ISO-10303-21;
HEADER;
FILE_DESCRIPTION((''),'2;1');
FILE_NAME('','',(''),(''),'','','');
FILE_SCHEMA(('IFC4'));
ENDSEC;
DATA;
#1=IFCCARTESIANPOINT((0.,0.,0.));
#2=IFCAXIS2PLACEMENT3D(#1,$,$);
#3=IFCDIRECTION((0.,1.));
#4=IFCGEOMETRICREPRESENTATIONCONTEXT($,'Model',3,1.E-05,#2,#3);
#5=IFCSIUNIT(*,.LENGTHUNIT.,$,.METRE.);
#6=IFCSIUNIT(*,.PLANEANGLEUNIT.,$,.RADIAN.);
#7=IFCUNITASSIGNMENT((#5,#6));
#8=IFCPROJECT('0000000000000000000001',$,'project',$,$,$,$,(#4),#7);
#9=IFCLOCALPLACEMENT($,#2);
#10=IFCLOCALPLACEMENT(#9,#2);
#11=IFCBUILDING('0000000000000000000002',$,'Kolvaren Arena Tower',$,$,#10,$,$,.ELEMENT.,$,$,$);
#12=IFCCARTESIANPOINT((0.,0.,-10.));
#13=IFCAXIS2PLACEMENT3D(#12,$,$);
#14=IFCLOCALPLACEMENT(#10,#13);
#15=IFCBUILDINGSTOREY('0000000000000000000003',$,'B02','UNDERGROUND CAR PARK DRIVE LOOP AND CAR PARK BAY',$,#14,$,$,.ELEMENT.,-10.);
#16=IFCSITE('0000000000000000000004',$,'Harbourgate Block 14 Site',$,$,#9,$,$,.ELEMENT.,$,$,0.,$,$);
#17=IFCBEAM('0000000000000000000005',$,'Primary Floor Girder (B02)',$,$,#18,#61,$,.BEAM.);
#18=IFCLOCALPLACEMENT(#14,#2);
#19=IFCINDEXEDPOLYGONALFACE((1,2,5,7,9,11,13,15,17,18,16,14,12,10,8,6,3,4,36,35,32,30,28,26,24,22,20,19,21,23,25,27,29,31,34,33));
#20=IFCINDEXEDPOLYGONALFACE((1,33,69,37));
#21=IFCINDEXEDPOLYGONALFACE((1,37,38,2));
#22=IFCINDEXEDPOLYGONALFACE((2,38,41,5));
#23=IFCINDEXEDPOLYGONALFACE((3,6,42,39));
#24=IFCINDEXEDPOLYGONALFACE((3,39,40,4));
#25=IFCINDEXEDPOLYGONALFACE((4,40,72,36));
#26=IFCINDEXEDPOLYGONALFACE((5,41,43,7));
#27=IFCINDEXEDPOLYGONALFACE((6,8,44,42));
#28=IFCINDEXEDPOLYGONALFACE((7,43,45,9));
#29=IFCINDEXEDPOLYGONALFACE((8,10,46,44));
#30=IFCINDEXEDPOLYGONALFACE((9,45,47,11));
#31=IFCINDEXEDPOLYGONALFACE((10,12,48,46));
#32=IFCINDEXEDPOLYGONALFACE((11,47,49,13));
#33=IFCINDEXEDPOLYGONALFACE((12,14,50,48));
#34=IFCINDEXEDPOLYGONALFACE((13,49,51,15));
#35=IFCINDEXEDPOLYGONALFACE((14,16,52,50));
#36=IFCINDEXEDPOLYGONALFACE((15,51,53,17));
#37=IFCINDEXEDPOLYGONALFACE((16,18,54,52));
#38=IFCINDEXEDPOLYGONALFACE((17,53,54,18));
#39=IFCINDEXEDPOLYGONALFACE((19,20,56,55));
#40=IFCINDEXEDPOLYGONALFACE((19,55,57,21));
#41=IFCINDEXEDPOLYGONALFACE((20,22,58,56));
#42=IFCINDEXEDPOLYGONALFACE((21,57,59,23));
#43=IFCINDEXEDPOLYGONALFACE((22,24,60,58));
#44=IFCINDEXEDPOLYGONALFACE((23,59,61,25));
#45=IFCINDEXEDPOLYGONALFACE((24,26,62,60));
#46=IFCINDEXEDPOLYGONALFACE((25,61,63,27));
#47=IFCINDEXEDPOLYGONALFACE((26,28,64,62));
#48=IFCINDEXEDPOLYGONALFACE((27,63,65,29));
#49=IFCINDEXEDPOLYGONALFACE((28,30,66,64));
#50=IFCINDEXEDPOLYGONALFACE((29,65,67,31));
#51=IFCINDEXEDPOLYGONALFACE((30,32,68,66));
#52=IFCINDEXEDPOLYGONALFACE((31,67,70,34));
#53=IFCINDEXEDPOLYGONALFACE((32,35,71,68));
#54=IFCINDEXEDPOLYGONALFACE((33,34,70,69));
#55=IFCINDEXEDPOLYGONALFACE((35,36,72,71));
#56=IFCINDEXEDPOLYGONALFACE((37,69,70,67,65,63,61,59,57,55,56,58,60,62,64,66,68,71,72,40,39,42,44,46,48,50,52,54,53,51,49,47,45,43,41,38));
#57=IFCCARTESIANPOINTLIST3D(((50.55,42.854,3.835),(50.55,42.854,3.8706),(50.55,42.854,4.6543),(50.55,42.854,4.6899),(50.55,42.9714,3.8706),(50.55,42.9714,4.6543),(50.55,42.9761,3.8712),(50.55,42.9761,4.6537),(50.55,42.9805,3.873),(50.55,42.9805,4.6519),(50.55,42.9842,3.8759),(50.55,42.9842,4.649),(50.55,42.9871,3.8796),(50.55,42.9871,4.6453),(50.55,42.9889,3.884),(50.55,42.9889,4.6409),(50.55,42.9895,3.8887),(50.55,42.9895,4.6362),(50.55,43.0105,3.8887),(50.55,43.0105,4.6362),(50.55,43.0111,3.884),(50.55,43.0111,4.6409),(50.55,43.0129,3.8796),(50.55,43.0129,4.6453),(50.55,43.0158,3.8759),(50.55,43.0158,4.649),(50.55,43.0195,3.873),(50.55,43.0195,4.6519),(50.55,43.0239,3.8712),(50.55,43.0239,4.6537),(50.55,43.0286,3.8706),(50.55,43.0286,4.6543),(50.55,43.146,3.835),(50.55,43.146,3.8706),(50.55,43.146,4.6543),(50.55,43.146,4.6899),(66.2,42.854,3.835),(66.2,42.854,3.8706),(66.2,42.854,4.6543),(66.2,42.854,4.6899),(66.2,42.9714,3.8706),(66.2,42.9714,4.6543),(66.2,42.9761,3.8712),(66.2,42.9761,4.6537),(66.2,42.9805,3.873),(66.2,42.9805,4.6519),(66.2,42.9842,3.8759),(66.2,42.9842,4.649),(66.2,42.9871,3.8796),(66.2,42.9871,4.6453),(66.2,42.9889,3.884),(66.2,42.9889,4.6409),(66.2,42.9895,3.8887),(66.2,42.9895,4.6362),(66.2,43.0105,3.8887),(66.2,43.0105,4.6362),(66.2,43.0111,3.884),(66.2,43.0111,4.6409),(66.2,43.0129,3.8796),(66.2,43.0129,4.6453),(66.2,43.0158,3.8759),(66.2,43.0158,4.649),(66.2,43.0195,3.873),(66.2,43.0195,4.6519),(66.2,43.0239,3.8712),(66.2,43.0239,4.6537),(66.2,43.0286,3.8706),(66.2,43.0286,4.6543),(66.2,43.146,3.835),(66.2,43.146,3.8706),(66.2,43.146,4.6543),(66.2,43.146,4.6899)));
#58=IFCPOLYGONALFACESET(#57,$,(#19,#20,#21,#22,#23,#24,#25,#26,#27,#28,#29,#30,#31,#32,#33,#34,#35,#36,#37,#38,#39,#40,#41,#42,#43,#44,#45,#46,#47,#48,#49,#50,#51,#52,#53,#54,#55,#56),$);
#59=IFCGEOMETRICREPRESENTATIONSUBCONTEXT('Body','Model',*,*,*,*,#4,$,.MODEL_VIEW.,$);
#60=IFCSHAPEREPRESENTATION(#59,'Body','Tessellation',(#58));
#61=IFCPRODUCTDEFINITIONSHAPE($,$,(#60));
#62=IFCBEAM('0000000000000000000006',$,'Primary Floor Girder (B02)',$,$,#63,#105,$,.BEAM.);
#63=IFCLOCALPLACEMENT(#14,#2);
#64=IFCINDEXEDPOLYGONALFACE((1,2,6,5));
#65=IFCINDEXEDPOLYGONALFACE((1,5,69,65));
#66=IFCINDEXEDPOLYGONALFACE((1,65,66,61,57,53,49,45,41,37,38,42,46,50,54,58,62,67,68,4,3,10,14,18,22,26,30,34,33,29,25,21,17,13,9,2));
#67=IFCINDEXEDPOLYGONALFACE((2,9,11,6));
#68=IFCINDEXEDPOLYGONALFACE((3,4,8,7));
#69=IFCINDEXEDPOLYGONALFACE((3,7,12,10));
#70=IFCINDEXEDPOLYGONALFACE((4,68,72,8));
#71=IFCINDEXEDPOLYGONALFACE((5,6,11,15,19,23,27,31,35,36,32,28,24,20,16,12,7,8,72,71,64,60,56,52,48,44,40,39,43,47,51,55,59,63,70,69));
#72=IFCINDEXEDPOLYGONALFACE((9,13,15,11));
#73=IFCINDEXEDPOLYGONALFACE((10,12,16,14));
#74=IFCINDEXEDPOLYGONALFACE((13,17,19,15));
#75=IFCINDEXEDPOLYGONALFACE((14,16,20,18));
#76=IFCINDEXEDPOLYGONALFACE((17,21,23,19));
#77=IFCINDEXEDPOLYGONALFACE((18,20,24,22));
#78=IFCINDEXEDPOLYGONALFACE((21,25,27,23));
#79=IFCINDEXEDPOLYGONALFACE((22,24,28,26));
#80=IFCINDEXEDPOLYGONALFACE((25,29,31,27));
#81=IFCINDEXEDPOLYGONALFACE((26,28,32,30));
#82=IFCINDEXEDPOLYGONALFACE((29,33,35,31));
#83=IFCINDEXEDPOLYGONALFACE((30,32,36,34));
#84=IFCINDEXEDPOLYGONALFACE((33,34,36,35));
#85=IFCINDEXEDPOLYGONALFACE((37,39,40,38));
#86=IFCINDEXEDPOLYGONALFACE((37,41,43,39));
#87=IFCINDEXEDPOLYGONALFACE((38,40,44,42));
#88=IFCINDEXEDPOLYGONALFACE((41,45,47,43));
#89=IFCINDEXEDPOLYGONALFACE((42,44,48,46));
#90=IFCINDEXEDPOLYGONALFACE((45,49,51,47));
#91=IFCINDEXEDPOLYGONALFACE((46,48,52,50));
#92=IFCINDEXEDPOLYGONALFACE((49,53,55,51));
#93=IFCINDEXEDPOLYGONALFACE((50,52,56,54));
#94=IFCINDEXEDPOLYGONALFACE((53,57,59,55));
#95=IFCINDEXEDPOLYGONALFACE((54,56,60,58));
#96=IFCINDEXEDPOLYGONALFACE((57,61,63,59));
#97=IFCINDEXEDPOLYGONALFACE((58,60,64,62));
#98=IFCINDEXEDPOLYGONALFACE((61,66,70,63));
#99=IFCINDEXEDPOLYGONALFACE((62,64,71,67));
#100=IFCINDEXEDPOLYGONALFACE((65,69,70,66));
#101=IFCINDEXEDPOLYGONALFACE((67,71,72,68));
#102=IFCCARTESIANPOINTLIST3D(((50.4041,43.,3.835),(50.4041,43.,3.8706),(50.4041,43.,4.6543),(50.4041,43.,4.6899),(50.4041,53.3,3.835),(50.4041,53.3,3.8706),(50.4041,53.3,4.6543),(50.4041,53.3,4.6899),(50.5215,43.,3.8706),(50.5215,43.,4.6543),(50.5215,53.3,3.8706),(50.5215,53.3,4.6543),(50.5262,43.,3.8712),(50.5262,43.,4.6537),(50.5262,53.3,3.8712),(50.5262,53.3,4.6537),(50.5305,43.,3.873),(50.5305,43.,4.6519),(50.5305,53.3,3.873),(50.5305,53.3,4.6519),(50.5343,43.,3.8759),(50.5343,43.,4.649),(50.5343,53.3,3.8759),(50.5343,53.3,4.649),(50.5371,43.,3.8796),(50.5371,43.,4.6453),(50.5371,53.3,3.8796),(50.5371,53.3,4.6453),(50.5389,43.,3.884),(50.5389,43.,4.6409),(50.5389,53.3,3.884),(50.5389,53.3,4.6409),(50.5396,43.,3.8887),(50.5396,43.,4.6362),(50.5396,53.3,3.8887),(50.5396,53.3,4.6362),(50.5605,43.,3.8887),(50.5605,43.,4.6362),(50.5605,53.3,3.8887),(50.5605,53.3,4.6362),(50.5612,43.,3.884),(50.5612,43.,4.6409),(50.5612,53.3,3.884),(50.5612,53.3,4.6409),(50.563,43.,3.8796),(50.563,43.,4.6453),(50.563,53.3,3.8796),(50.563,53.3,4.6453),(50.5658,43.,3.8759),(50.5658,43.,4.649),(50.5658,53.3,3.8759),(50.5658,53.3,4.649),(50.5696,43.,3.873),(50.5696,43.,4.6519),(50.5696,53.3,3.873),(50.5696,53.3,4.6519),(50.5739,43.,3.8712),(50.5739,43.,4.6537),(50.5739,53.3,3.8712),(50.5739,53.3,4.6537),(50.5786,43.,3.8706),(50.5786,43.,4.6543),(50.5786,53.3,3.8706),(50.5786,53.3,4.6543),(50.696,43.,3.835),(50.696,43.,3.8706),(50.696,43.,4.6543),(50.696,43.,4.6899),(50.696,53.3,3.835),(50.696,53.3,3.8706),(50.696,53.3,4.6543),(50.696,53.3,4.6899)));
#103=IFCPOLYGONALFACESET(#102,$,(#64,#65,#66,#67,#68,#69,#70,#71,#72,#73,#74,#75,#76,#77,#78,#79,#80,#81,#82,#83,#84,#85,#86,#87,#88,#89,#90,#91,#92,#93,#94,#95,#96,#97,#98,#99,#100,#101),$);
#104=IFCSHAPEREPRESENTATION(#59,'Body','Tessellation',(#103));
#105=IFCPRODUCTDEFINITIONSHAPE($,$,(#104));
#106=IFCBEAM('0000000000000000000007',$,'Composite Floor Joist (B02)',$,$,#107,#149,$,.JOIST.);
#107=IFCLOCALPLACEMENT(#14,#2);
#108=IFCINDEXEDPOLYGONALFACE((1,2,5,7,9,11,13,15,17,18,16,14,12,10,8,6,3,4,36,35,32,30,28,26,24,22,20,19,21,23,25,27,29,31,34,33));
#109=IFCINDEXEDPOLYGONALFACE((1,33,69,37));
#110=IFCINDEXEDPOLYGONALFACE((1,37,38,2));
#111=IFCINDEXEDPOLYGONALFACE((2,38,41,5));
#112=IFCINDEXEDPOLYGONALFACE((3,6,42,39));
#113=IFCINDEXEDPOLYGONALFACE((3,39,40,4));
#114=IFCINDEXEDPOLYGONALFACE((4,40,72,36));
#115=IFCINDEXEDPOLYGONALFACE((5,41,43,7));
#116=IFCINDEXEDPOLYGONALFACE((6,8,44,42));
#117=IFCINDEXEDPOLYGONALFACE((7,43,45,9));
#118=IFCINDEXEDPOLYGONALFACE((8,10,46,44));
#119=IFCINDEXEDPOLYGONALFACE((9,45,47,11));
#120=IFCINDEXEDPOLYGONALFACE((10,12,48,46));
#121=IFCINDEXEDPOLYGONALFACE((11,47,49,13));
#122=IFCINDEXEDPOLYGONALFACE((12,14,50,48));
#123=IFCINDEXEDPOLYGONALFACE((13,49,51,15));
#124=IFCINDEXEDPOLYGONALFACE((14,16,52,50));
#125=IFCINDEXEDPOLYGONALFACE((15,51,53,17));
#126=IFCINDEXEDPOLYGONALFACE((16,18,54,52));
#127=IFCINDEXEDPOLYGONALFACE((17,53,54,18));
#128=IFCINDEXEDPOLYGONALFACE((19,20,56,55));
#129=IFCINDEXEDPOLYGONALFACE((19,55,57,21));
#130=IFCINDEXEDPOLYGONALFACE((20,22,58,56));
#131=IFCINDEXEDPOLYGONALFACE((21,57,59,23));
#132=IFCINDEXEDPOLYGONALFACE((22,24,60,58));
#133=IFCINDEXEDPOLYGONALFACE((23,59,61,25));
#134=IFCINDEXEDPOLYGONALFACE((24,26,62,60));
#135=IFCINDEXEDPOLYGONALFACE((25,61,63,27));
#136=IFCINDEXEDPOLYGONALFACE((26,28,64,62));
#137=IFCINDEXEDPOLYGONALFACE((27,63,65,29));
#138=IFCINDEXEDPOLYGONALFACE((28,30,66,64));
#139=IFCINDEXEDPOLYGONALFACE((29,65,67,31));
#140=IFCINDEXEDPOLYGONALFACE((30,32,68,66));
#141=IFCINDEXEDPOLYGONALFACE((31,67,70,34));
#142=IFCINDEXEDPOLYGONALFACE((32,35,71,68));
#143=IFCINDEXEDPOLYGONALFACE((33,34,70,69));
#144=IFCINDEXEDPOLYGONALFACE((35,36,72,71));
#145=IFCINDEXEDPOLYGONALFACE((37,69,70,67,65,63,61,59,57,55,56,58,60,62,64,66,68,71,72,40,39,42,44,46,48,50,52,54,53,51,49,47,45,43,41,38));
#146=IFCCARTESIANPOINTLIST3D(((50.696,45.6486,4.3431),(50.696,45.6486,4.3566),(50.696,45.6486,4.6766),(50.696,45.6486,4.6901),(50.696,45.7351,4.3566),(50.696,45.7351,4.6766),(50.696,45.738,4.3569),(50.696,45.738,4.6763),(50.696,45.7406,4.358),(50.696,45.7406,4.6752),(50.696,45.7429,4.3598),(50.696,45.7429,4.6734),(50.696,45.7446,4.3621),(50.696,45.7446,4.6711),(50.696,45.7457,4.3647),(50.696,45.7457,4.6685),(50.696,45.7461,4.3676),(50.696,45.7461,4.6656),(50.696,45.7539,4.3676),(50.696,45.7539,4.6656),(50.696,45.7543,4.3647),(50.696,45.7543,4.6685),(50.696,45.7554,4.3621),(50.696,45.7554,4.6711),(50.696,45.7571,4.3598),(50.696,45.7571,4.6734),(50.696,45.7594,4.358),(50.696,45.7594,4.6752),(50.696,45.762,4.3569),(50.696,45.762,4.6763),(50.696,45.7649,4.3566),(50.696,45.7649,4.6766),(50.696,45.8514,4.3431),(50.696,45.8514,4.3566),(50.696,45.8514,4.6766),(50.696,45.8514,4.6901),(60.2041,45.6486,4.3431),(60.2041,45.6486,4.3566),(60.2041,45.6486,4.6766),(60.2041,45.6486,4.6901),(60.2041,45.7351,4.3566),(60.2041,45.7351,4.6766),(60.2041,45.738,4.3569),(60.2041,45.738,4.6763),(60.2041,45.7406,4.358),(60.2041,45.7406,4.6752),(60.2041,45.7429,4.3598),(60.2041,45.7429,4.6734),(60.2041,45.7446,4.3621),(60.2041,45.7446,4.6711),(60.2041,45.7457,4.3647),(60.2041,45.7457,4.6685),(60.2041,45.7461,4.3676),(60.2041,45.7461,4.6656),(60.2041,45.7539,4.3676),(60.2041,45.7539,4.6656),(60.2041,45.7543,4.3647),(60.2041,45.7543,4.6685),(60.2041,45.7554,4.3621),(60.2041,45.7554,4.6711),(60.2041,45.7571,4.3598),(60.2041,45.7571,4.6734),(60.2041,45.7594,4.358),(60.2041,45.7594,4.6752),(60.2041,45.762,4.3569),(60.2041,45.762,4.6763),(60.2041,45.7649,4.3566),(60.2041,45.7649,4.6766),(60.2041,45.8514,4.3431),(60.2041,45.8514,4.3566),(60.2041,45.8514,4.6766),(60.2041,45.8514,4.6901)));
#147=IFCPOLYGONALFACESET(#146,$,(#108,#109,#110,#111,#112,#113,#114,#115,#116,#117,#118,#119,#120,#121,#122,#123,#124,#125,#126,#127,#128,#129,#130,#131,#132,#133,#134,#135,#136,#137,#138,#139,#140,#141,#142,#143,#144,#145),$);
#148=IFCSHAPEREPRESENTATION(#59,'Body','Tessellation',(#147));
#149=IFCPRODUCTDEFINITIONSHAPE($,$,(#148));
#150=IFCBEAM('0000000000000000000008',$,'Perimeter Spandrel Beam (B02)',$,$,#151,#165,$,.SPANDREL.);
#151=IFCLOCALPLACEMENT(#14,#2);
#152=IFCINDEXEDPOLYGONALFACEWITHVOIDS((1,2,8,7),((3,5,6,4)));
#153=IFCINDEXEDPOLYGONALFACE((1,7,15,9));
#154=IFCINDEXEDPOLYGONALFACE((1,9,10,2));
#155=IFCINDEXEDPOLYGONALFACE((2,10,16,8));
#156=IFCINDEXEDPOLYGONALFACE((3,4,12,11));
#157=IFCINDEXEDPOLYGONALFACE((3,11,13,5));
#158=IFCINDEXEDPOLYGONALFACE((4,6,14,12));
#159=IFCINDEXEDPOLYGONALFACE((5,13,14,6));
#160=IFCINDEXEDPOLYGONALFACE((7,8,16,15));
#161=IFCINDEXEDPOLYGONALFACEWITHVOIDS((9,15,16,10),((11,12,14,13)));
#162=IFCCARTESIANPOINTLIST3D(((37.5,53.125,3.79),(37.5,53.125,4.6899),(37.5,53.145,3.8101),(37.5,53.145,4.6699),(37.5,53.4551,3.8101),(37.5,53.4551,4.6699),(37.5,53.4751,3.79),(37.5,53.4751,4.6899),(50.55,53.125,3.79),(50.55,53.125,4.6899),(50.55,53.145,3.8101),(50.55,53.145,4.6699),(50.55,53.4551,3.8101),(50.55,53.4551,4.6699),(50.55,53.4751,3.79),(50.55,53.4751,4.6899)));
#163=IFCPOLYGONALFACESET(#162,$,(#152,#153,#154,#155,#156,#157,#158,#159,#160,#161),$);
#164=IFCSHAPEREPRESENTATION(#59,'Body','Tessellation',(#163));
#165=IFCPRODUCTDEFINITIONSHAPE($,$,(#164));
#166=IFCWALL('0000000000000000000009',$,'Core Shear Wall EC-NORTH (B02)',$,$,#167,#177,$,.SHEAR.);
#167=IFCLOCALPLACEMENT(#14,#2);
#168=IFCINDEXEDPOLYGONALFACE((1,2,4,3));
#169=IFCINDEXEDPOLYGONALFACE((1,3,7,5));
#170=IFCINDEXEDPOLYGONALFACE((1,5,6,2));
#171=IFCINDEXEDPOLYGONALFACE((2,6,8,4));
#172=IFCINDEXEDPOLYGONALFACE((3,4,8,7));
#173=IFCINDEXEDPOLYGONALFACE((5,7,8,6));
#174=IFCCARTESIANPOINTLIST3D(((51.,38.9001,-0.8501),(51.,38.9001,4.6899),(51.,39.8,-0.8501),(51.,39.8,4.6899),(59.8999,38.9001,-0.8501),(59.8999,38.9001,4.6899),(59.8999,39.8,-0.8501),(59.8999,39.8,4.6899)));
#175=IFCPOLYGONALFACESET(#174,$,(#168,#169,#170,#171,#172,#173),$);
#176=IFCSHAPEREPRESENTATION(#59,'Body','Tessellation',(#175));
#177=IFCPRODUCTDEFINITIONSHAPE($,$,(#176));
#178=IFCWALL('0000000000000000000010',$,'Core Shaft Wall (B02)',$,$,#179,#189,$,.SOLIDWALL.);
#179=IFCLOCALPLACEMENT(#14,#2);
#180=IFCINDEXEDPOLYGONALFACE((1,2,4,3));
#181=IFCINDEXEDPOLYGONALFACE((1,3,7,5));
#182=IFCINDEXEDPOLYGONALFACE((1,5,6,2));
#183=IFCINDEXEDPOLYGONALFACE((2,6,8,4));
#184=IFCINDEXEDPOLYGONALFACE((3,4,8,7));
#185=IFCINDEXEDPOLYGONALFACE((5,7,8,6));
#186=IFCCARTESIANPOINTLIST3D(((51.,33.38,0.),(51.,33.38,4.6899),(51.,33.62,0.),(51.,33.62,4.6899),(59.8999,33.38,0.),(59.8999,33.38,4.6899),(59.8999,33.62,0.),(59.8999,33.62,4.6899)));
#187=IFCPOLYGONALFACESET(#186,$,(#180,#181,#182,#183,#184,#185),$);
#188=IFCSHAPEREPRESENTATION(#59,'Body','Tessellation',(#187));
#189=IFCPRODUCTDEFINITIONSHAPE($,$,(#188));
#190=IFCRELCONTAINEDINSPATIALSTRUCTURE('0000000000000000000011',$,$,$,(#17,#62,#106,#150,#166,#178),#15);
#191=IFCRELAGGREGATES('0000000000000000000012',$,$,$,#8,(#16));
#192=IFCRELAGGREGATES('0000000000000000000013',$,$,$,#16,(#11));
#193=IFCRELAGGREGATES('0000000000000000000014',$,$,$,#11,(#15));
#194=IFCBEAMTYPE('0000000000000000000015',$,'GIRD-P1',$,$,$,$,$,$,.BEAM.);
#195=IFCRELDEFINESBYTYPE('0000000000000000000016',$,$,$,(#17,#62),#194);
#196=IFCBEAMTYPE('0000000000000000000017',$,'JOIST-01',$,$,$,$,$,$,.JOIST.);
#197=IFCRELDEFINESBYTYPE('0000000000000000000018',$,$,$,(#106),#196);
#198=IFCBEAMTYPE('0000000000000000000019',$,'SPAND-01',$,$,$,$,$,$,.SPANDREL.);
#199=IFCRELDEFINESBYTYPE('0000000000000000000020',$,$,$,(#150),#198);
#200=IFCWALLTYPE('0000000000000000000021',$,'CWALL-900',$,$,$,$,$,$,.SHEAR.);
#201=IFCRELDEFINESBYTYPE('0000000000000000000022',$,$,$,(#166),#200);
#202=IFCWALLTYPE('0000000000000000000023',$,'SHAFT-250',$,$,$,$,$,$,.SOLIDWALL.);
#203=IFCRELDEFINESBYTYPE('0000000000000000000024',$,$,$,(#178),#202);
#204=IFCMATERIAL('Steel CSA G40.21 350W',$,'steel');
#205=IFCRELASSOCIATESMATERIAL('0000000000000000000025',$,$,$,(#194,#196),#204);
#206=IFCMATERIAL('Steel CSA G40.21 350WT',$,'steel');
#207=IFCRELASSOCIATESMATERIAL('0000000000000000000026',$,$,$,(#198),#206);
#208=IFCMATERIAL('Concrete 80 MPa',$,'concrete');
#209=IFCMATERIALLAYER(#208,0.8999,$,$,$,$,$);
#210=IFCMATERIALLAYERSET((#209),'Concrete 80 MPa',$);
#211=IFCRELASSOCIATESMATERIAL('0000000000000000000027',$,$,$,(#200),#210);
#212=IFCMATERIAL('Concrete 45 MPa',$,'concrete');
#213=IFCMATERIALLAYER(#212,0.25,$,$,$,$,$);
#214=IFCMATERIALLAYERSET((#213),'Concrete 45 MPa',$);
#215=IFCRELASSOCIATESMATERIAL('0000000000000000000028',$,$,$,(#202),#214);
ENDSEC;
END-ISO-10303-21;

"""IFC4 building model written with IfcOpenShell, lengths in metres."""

from ifc_helpers import new_model, si_unit, direction, frame, frame_2d, origin, origin_2d, place, context, subcontext, project, spatial, rectangle, hollow_rectangle, i_section, extrude, material, layer, layer_set, material_profile, profile_set, type_object, element, save


model = new_model("IFC4")

# Units and contexts
model_context = context("Model", 3, precision=1e-05, world=origin(), true_north=direction((0.0, 1.0)))
body_context = subcontext(model_context, "Body", "Model", "MODEL_VIEW")
ifc_project = project(units=[si_unit("LENGTHUNIT", "METRE"), si_unit("PLANEANGLEUNIT", "RADIAN")], contexts=[model_context])

# Site, building, storey
site_placement = place(None, origin())
site = spatial("IfcSite", under=ifc_project, at=site_placement, Name="Harbourgate Block 14 Site", CompositionType="ELEMENT", RefElevation=0.0)
building_placement = place(site_placement, origin())
building = spatial("IfcBuilding", under=site, at=building_placement, Name="Kolvaren Arena Tower", CompositionType="ELEMENT")
storey_placement = place(building_placement, frame((0.0, 0.0, -10.0)))
storey = spatial("IfcBuildingStorey", under=building, at=storey_placement, Name="B02", Description="UNDERGROUND CAR PARK DRIVE LOOP AND CAR PARK BAY", CompositionType="ELEMENT", Elevation=-10.0)

# Beams
ifc_material_1 = material(Name="Steel CSA G40.21 350W", Category="steel")
ifc_material_profile_1 = material_profile(ifc_material_1, i_section(OverallWidth=0.292, OverallDepth=0.855, WebThickness=0.021, FlangeThickness=0.0356, FilletRadius=0.0181, at=origin_2d()), Name="W840x299")
ifc_profile_set_1 = profile_set([ifc_material_profile_1], Name="Steel CSA G40.21 350W")
beam_type_1 = type_object("IfcBeamType", Name="GIRD-P1", PredefinedType="BEAM", material=ifc_profile_set_1)
beam_1_placement = place(storey_placement, frame((50.55, 43.0, 4.2625), z_axis=(1.0, 0.0, 0.0), x_axis=(0.0, 1.0, 0.0)))
element("IfcBeam", 1, at=beam_1_placement, inside=storey, type_object=beam_type_1, Name="Primary Floor Girder (B02)", PredefinedType="BEAM", context=body_context, shape_type="SweptSolid", body=[
    extrude(i_section(OverallWidth=0.292, OverallDepth=0.855, WebThickness=0.021, FlangeThickness=0.0356, FilletRadius=0.0181, at=origin_2d()), origin(), (0.0, 0.0, 1.0), 15.6499),
])
beam_2_placement = place(storey_placement, frame((50.55, 43.0, 4.2625), z_axis=(0.0, 1.0, 0.0), x_axis=(-1.0, 0.0, 0.0)))
element("IfcBeam", 2, at=beam_2_placement, inside=storey, type_object=beam_type_1, Name="Primary Floor Girder (B02)", PredefinedType="BEAM", context=body_context, shape_type="SweptSolid", body=[
    extrude(i_section(OverallWidth=0.292, OverallDepth=0.855, WebThickness=0.021, FlangeThickness=0.0356, FilletRadius=0.0181, at=origin_2d()), origin(), (0.0, 0.0, 1.0), 10.3),
])
ifc_material_profile_2 = material_profile(ifc_material_1, i_section(OverallWidth=0.2029, OverallDepth=0.3469, WebThickness=0.0078, FlangeThickness=0.0134, FilletRadius=0.011, at=origin_2d()), Name="W360x64")
ifc_profile_set_2 = profile_set([ifc_material_profile_2], Name="Steel CSA G40.21 350W")
beam_type_2 = type_object("IfcBeamType", Name="JOIST-01", PredefinedType="JOIST", material=ifc_profile_set_2)
beam_3_placement = place(storey_placement, frame((50.696, 45.75, 4.5166), z_axis=(1.0, 0.0, 0.0), x_axis=(0.0, 1.0, 0.0)))
element("IfcBeam", 3, at=beam_3_placement, inside=storey, type_object=beam_type_2, Name="Composite Floor Joist (B02)", PredefinedType="JOIST", context=body_context, shape_type="SweptSolid", body=[
    extrude(i_section(OverallWidth=0.2029, OverallDepth=0.3469, WebThickness=0.0078, FlangeThickness=0.0134, FilletRadius=0.011, at=origin_2d()), origin(), (0.0, 0.0, 1.0), 9.5081),
])
ifc_material_2 = material(Name="Steel CSA G40.21 350WT", Category="steel")
ifc_material_profile_3 = material_profile(ifc_material_2, hollow_rectangle(XDim=0.3501, YDim=0.8999, WallThickness=0.02, at=origin_2d()), Name="HSS 900x350x20")
ifc_profile_set_3 = profile_set([ifc_material_profile_3], Name="Steel CSA G40.21 350WT")
beam_type_3 = type_object("IfcBeamType", Name="SPAND-01", PredefinedType="SPANDREL", material=ifc_profile_set_3)
beam_4_placement = place(storey_placement, frame((50.55, 53.3, 4.24), z_axis=(-1.0, 0.0, 0.0), x_axis=(0.0, -1.0, 0.0)))
element("IfcBeam", 4, at=beam_4_placement, inside=storey, type_object=beam_type_3, Name="Perimeter Spandrel Beam (B02)", PredefinedType="SPANDREL", context=body_context, shape_type="SweptSolid", body=[
    extrude(hollow_rectangle(XDim=0.3501, YDim=0.8999, WallThickness=0.02, at=origin_2d()), origin(), (0.0, 0.0, 1.0), 13.05),
])

# Walls
ifc_material_3 = material(Name="Concrete 80 MPa", Category="concrete")
ifc_layer_1 = layer(ifc_material_3, 0.8999)
ifc_layer_set_1 = layer_set([ifc_layer_1], Name="Concrete 80 MPa")
wall_type_1 = type_object("IfcWallType", Name="CWALL-900", PredefinedType="SHEAR", material=ifc_layer_set_1)
wall_1_placement = place(storey_placement, frame((51.0, 39.3501, -0.8501), z_axis=(0.0, 0.0, 1.0), x_axis=(1.0, 0.0, 0.0)))
element("IfcWall", 5, at=wall_1_placement, inside=storey, type_object=wall_type_1, Name="Core Shear Wall EC-NORTH (B02)", PredefinedType="SHEAR", context=body_context, shape_type="SweptSolid", body=[
    extrude(rectangle(XDim=8.8999, YDim=0.8999, at=frame_2d((4.45, 0.0))), origin(), (0.0, 0.0, 1.0), 5.54),
])
ifc_material_4 = material(Name="Concrete 45 MPa", Category="concrete")
ifc_layer_2 = layer(ifc_material_4, 0.25)
ifc_layer_set_2 = layer_set([ifc_layer_2], Name="Concrete 45 MPa")
wall_type_2 = type_object("IfcWallType", Name="SHAFT-250", PredefinedType="SOLIDWALL", material=ifc_layer_set_2)
wall_2_placement = place(storey_placement, frame((51.0, 33.5, 0.0), z_axis=(0.0, 0.0, 1.0), x_axis=(1.0, 0.0, 0.0)))
element("IfcWall", 6, at=wall_2_placement, inside=storey, type_object=wall_type_2, Name="Core Shaft Wall (B02)", PredefinedType="SOLIDWALL", context=body_context, shape_type="SweptSolid", body=[
    extrude(rectangle(XDim=8.8999, YDim=0.24, at=frame_2d((4.45, 0.0))), origin(), (0.0, 0.0, 1.0), 4.6899),
])

save(model, "model.ifc")
